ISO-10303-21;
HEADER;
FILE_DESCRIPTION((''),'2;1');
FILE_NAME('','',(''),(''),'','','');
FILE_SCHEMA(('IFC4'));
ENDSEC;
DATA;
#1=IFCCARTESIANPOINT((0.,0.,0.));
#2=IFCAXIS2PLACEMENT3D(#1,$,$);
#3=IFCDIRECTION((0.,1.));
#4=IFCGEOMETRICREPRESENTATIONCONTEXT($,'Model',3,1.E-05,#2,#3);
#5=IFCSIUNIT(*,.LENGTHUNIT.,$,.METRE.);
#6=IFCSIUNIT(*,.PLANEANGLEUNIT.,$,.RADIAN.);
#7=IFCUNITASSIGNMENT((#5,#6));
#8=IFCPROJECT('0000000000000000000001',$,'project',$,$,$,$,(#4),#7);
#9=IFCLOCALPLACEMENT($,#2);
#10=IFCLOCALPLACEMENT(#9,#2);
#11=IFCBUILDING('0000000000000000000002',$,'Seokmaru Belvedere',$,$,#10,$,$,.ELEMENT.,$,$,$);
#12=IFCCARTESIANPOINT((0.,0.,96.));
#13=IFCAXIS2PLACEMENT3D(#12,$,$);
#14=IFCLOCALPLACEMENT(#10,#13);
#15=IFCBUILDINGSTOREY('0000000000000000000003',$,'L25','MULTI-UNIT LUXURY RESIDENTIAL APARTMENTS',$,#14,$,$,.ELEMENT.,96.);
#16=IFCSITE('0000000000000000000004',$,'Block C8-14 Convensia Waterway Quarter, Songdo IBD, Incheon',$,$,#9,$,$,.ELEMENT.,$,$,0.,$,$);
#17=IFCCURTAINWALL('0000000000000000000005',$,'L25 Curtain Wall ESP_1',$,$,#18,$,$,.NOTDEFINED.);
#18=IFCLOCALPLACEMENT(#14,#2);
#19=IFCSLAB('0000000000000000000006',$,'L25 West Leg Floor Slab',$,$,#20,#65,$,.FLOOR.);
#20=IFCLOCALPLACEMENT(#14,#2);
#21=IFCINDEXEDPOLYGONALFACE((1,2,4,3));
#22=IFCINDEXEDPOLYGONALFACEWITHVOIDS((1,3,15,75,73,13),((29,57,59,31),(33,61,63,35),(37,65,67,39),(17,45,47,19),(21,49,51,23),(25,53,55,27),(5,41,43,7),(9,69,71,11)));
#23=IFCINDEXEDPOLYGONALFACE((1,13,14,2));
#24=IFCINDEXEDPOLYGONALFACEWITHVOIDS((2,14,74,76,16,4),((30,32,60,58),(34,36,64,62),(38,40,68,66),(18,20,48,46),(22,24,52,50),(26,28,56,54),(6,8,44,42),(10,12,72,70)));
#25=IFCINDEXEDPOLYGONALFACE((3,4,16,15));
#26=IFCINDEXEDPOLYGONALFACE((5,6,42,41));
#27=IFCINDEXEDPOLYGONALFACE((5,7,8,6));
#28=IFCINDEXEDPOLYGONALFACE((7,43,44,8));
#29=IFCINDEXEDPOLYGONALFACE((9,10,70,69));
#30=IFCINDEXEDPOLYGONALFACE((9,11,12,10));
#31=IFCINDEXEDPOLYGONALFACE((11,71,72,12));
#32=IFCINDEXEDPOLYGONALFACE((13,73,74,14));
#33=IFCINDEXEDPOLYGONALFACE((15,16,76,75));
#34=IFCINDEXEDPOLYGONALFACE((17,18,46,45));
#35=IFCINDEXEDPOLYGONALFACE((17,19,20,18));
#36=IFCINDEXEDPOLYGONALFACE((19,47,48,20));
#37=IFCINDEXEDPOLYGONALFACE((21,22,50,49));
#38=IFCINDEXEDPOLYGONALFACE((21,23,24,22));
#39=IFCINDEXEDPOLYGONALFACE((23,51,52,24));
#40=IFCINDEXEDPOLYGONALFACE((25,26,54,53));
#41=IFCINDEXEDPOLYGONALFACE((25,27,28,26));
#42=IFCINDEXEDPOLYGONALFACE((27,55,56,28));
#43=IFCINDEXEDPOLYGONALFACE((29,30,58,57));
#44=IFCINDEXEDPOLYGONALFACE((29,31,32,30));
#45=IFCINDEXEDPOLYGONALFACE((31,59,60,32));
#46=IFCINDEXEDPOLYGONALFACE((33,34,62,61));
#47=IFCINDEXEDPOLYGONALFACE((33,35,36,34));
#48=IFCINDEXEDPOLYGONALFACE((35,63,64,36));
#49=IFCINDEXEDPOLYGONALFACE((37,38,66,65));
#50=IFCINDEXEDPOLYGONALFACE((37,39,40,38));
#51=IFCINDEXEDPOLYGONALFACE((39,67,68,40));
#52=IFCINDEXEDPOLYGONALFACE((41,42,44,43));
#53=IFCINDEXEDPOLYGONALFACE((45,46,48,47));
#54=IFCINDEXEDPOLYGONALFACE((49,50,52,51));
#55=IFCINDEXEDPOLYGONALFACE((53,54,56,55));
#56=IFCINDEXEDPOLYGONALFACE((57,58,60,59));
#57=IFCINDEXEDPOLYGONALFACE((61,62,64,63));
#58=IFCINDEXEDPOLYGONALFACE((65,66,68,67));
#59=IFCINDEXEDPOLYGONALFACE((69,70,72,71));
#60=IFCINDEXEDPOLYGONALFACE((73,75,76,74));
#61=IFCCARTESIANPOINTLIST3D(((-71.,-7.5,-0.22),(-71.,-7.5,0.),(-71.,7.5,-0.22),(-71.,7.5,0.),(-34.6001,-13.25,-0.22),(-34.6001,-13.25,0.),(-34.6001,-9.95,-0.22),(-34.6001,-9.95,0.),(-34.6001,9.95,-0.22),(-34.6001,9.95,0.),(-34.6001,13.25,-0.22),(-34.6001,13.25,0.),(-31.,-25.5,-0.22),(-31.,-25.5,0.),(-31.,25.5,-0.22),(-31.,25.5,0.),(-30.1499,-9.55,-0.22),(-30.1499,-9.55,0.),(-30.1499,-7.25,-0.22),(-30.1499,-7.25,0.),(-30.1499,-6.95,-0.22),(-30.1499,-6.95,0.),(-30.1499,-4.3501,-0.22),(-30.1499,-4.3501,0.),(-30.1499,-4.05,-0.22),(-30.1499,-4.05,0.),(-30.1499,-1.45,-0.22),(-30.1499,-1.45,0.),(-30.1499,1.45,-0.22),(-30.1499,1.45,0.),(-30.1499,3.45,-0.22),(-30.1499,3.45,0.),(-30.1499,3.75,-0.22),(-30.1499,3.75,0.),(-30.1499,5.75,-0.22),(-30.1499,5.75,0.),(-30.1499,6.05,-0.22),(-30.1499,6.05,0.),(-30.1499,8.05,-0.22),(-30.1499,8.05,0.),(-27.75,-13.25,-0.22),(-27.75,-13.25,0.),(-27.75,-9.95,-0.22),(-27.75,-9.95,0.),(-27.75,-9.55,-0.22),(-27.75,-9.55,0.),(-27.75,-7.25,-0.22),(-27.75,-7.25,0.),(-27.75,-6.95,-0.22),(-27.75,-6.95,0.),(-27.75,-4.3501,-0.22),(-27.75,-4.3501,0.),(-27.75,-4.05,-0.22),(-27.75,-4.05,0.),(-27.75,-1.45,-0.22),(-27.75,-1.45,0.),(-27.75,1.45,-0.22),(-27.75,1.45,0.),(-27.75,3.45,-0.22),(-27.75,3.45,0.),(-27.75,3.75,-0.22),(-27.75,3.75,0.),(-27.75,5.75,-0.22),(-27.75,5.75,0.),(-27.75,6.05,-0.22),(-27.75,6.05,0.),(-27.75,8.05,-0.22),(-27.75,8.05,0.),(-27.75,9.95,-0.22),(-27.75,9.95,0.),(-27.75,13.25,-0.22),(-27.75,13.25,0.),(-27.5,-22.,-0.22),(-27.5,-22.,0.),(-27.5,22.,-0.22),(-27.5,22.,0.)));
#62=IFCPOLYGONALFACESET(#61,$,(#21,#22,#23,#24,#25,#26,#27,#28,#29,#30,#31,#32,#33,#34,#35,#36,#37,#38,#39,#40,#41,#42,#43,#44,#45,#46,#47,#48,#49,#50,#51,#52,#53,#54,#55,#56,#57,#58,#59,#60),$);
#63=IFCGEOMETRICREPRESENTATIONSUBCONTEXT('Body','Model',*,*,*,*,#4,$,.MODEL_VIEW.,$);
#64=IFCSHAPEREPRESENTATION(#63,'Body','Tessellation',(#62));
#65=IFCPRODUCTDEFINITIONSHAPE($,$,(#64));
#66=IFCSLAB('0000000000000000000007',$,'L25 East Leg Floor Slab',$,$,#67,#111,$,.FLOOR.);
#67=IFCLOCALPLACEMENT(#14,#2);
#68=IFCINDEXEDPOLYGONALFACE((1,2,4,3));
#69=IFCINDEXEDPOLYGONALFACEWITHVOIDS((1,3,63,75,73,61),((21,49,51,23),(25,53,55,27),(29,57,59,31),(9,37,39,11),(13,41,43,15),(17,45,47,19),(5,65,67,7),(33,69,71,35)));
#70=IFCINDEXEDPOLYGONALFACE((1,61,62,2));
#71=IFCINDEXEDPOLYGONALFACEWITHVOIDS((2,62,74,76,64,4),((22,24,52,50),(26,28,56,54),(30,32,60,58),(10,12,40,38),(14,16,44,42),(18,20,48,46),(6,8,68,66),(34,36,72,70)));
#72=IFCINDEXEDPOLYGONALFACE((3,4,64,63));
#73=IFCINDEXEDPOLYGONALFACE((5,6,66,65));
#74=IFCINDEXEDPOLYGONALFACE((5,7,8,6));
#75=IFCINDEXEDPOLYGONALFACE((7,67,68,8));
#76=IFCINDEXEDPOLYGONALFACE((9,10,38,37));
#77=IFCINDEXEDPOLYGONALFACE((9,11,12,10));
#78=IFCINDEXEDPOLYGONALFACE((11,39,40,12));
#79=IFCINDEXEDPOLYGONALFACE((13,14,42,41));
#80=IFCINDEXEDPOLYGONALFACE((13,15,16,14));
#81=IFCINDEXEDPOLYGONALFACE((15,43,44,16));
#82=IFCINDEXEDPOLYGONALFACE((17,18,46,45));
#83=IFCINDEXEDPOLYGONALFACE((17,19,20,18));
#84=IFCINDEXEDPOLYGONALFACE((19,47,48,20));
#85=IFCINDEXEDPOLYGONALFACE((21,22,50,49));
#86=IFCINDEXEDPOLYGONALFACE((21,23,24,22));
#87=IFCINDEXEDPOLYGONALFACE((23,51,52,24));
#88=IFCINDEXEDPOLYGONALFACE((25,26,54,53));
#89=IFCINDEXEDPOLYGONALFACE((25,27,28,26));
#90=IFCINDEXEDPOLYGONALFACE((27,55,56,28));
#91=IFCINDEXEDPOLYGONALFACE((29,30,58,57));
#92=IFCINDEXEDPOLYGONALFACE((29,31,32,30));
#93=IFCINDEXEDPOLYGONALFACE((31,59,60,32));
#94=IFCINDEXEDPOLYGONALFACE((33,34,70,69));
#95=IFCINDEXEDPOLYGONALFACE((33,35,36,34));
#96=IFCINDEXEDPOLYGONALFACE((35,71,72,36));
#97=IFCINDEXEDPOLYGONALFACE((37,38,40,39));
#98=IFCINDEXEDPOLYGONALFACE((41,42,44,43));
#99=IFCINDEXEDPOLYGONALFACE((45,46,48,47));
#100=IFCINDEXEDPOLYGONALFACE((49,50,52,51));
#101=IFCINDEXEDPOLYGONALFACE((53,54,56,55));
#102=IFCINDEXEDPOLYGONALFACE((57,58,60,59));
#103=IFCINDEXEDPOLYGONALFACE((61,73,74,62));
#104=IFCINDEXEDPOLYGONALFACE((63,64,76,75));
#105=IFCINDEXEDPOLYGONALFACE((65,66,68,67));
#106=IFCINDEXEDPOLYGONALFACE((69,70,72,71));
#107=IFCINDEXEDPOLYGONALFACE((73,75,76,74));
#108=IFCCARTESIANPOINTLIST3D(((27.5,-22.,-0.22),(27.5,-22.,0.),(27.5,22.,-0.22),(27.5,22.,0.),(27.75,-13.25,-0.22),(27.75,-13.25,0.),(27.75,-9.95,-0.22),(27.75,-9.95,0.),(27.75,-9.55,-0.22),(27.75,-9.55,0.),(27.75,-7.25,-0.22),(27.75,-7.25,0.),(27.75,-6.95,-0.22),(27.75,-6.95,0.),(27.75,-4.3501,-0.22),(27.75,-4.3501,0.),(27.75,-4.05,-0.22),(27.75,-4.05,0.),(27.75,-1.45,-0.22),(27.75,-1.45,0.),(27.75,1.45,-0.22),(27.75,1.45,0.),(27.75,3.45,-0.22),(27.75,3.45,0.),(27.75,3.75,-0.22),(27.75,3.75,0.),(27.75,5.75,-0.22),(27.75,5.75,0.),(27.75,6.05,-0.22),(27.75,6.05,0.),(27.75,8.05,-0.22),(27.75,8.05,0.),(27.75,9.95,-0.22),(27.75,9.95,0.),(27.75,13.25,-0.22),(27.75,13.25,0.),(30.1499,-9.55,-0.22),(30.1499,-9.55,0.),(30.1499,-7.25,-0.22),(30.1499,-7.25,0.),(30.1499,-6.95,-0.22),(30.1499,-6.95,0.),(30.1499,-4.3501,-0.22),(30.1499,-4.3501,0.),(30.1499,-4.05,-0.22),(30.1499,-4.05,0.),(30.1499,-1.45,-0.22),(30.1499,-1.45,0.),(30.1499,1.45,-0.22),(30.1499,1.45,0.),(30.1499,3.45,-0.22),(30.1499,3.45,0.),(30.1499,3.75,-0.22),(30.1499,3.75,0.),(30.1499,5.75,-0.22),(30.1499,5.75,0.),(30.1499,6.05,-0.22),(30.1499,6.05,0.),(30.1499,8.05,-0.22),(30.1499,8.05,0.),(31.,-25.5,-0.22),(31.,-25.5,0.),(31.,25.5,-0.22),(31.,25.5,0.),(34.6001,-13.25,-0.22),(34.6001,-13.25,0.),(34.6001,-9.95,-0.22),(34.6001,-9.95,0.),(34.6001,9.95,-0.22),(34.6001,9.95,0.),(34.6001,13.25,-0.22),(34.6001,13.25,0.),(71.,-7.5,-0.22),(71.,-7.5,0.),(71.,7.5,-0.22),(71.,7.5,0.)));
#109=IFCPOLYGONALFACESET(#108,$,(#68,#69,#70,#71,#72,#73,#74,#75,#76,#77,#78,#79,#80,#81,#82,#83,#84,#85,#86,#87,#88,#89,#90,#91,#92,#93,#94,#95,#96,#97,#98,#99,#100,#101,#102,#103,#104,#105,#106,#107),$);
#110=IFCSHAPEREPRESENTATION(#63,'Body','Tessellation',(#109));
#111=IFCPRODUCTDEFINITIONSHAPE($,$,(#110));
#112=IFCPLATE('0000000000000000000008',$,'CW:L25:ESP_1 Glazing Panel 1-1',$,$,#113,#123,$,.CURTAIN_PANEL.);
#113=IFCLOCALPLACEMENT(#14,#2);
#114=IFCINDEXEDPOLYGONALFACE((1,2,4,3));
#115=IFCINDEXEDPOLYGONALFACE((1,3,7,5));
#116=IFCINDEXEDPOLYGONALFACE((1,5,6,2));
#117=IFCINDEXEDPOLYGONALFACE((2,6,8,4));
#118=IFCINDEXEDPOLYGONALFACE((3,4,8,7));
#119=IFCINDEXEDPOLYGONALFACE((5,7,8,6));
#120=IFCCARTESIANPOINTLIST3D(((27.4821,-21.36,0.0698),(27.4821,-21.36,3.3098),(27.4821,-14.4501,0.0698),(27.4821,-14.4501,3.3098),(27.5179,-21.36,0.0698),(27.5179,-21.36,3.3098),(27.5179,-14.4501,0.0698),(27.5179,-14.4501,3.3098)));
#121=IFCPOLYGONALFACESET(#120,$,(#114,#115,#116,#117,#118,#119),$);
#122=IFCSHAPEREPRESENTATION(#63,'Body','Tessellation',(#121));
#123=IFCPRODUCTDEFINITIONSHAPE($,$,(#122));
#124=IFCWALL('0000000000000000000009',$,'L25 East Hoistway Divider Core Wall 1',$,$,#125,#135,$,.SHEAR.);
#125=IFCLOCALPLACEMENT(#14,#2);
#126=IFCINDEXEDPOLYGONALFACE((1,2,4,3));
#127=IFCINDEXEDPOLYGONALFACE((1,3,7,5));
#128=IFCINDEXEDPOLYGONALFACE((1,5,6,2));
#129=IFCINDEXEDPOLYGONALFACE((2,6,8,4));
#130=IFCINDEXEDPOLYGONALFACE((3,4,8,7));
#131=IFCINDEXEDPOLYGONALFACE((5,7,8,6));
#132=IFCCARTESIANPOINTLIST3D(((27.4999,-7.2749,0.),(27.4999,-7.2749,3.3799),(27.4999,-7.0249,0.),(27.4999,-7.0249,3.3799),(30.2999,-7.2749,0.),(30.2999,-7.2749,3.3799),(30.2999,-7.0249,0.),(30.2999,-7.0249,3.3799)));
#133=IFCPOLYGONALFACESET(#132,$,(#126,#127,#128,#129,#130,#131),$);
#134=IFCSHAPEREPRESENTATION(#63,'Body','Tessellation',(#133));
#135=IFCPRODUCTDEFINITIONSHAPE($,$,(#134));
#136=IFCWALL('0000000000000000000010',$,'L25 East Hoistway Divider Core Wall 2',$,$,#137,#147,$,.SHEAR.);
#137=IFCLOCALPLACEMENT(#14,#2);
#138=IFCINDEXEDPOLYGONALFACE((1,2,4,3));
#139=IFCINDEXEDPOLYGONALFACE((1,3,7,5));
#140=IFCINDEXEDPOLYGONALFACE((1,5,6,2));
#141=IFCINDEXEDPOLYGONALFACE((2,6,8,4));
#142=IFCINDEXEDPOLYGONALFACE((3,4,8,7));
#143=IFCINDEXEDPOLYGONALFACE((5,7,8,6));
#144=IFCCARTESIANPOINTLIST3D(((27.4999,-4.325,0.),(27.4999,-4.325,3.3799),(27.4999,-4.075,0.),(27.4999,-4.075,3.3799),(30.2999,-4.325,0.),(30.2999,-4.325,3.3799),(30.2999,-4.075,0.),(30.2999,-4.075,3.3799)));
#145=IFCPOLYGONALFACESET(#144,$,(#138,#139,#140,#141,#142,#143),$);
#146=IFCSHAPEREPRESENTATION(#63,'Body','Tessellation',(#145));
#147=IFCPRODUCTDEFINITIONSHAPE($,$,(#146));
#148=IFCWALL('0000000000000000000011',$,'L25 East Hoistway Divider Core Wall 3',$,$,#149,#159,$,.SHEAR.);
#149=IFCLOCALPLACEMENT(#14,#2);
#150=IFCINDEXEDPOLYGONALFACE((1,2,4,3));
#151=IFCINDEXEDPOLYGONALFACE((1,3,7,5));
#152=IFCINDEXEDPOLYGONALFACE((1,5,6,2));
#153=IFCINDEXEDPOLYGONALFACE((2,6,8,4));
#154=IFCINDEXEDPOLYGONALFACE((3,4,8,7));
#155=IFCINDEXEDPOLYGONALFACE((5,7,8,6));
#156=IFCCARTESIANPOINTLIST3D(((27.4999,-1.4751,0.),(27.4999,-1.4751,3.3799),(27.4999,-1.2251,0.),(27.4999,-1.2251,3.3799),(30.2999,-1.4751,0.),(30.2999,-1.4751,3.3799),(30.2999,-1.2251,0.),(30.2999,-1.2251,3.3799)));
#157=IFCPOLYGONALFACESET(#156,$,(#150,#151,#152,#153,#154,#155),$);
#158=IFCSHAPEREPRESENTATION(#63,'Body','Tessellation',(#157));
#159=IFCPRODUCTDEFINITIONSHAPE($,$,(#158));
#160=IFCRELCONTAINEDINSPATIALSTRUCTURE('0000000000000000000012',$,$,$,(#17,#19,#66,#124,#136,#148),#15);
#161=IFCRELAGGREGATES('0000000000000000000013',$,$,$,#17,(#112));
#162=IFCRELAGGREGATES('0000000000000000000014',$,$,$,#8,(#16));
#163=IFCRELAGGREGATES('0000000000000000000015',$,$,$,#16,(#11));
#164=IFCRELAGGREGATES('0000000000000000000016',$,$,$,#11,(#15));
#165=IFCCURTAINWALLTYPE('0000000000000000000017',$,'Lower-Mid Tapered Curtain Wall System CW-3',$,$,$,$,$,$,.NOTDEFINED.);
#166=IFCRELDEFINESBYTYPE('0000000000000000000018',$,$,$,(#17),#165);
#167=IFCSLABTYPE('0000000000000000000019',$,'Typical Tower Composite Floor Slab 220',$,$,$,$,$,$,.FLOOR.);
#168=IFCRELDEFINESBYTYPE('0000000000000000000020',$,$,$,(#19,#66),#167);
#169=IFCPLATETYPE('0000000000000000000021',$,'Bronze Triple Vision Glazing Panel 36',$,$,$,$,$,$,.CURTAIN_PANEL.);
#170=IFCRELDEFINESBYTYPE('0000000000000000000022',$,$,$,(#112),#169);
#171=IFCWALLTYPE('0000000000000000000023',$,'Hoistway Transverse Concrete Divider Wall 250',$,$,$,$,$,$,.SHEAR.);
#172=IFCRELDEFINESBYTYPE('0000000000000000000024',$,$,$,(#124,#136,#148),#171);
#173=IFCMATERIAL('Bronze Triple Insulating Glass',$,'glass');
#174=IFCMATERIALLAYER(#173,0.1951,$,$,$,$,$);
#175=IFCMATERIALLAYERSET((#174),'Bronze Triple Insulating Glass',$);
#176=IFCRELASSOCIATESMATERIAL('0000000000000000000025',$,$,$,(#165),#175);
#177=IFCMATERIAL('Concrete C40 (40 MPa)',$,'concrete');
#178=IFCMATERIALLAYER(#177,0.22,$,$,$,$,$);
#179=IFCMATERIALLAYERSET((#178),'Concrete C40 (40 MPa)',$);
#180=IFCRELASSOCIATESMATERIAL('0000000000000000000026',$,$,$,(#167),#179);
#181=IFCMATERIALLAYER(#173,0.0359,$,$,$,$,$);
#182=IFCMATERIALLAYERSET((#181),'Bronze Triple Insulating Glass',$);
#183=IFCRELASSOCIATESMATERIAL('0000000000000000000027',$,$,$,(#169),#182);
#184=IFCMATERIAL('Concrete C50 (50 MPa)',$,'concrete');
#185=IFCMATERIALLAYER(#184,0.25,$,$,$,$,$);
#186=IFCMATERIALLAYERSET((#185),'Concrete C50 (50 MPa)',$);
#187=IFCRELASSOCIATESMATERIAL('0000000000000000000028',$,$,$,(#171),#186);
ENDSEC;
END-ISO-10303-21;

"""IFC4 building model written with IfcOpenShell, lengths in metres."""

from ifc_helpers import new_model, si_unit, direction, frame, frame_2d, origin, origin_2d, place, context, subcontext, project, spatial, polyline, rectangle, outline, extrude, source, transform, mapped, material, layer, layer_set, type_object, type_shapes, element, aggregate, save


model = new_model("IFC4")

# Units and contexts
model_context = context("Model", 3, precision=1e-05, world=origin(), true_north=direction((0.0, 1.0)))
body_context = subcontext(model_context, "Body", "Model", "MODEL_VIEW")
ifc_project = project(units=[si_unit("LENGTHUNIT", "METRE"), si_unit("PLANEANGLEUNIT", "RADIAN")], contexts=[model_context])

# Site, building, storey
site_placement = place(None, origin())
site = spatial("IfcSite", under=ifc_project, at=site_placement, Name="Block C8-14 Convensia Waterway Quarter, Songdo IBD, Incheon", CompositionType="ELEMENT", RefElevation=0.0)
building_placement = place(site_placement, origin())
building = spatial("IfcBuilding", under=site, at=building_placement, Name="Seokmaru Belvedere", CompositionType="ELEMENT")
storey_placement = place(building_placement, frame((0.0, 0.0, 96.0)))
storey = spatial("IfcBuildingStorey", under=building, at=storey_placement, Name="L25", Description="MULTI-UNIT LUXURY RESIDENTIAL APARTMENTS", CompositionType="ELEMENT", Elevation=96.0)

# Curtain wall
ifc_material_1 = material(Name="Bronze Triple Insulating Glass", Category="glass")
ifc_layer_1 = layer(ifc_material_1, 0.1951)
ifc_layer_set_1 = layer_set([ifc_layer_1], Name="Bronze Triple Insulating Glass")
curtain_wall_type = type_object("IfcCurtainWallType", Name="Lower-Mid Tapered Curtain Wall System CW-3", PredefinedType="NOTDEFINED", material=ifc_layer_set_1)
curtain_wall_1_placement = place(storey_placement, origin())
curtain_wall_1 = element("IfcCurtainWall", 1, at=curtain_wall_1_placement, inside=storey, type_object=curtain_wall_type, Name="L25 Curtain Wall ESP_1", PredefinedType="NOTDEFINED")

# Shared definitions
ifc_material_2 = material(Name="Concrete C40 (40 MPa)", Category="concrete")

# Slabs
ifc_layer_2 = layer(ifc_material_2, 0.22)
ifc_layer_set_2 = layer_set([ifc_layer_2], Name="Concrete C40 (40 MPa)")
slab_type_1 = type_object("IfcSlabType", Name="Typical Tower Composite Floor Slab 220", PredefinedType="FLOOR", material=ifc_layer_set_2)
slab_1_placement = place(storey_placement, frame((0.0, 0.0, -0.22)))
element("IfcSlab", 2, at=slab_1_placement, inside=storey, type_object=slab_type_1, Name="L25 West Leg Floor Slab", PredefinedType="FLOOR", context=body_context, shape_type="SweptSolid", body=[
    extrude(outline(polyline([(-27.5, -22.0), (-27.5, 22.0), (-31.0, 25.5), (-71.0, 7.5), (-71.0, -7.5), (-31.0, -25.5), (-27.5, -22.0)]), holes=[polyline([(-34.6001, -13.25), (-27.75, -13.25), (-27.75, -9.95), (-34.6001, -9.95), (-34.6001, -13.25)]), polyline([(-34.6001, 9.95), (-27.75, 9.95), (-27.75, 13.25), (-34.6001, 13.25), (-34.6001, 9.95)]), polyline([(-30.1499, -9.55), (-27.75, -9.55), (-27.75, -7.25), (-30.1499, -7.25), (-30.1499, -9.55)]), polyline([(-30.1499, -6.95), (-27.75, -6.95), (-27.75, -4.3501), (-30.1499, -4.3501), (-30.1499, -6.95)]), polyline([(-30.1499, -4.05), (-27.75, -4.05), (-27.75, -1.45), (-30.1499, -1.45), (-30.1499, -4.05)]), polyline([(-30.1499, 1.45), (-27.75, 1.45), (-27.75, 3.45), (-30.1499, 3.45), (-30.1499, 1.45)]), polyline([(-30.1499, 3.75), (-27.75, 3.75), (-27.75, 5.75), (-30.1499, 5.75), (-30.1499, 3.75)]), polyline([(-30.1499, 6.05), (-27.75, 6.05), (-27.75, 8.05), (-30.1499, 8.05), (-30.1499, 6.05)])]), origin(), (0.0, 0.0, 1.0), 0.22),
])
slab_2_placement = place(storey_placement, frame((0.0, 0.0, -0.22)))
element("IfcSlab", 3, at=slab_2_placement, inside=storey, type_object=slab_type_1, Name="L25 East Leg Floor Slab", PredefinedType="FLOOR", context=body_context, shape_type="SweptSolid", body=[
    extrude(outline(polyline([(31.0, -25.5), (71.0, -7.5), (71.0, 7.5), (31.0, 25.5), (27.5, 22.0), (27.5, -22.0), (31.0, -25.5)]), holes=[polyline([(27.75, -13.25), (34.6001, -13.25), (34.6001, -9.95), (27.75, -9.95), (27.75, -13.25)]), polyline([(27.75, 9.95), (34.6001, 9.95), (34.6001, 13.25), (27.75, 13.25), (27.75, 9.95)]), polyline([(27.75, -9.55), (30.1499, -9.55), (30.1499, -7.25), (27.75, -7.25), (27.75, -9.55)]), polyline([(27.75, -6.95), (30.1499, -6.95), (30.1499, -4.3501), (27.75, -4.3501), (27.75, -6.95)]), polyline([(27.75, -4.05), (30.1499, -4.05), (30.1499, -1.45), (27.75, -1.45), (27.75, -4.05)]), polyline([(27.75, 1.45), (30.1499, 1.45), (30.1499, 3.45), (27.75, 3.45), (27.75, 1.45)]), polyline([(27.75, 3.75), (30.1499, 3.75), (30.1499, 5.75), (27.75, 5.75), (27.75, 3.75)]), polyline([(27.75, 6.05), (30.1499, 6.05), (30.1499, 8.05), (27.75, 8.05), (27.75, 6.05)])]), origin(), (0.0, 0.0, 1.0), 0.22),
])

# Plate
ifc_layer_3 = layer(ifc_material_1, 0.0359)
ifc_layer_set_3 = layer_set([ifc_layer_3], Name="Bronze Triple Insulating Glass")
plate_type = type_object("IfcPlateType", Name="Bronze Triple Vision Glazing Panel 36", PredefinedType="CURTAIN_PANEL", material=ifc_layer_set_3)
shared_shape_1 = source(origin(), body_context, "Body", "SweptSolid", [
    extrude(rectangle(XDim=6.9099, YDim=0.0359, at=origin_2d()), origin(), (0.0, 0.0, 1.0), 3.24),
])
type_shapes(plate_type, [shared_shape_1])
plate_placement = place(storey_placement, frame((27.5, -17.905, 0.0698), z_axis=(0.0, 0.0, 1.0), x_axis=(0.0, -1.0, 0.0)))
plate = element("IfcPlate", 4, at=plate_placement, type_object=plate_type, Name="CW:L25:ESP_1 Glazing Panel 1-1", PredefinedType="CURTAIN_PANEL", context=body_context, shape_type="MappedRepresentation", body=[
    mapped(shared_shape_1, transform((0.0, 0.0, 0.0), scale=1.0)),
])
aggregate(curtain_wall_1, [plate])

# Walls
ifc_material_3 = material(Name="Concrete C50 (50 MPa)", Category="concrete")
ifc_layer_4 = layer(ifc_material_3, 0.25)
ifc_layer_set_4 = layer_set([ifc_layer_4], Name="Concrete C50 (50 MPa)")
wall_type_1 = type_object("IfcWallType", Name="Hoistway Transverse Concrete Divider Wall 250", PredefinedType="SHEAR", material=ifc_layer_set_4)
for number, where, z_axis, x_axis, name in (
    (5, (27.5, -7.1499, 0.0), (0.0, 0.0, 1.0), (1.0, 0.0, 0.0), "L25 East Hoistway Divider Core Wall 1"),
    (6, (27.5, -4.2, 0.0), (0.0, 0.0, 1.0), (1.0, 0.0, 0.0), "L25 East Hoistway Divider Core Wall 2"),
    (7, (27.5, -1.3501, 0.0), (0.0, 0.0, 1.0), (1.0, 0.0, 0.0), "L25 East Hoistway Divider Core Wall 3"),
):
    element("IfcWall", number, at=place(storey_placement, frame(where, z_axis=z_axis, x_axis=x_axis)), inside=storey, type_object=wall_type_1, Name=name, PredefinedType="SHEAR", context=body_context, shape_type="SweptSolid", body=[
        extrude(rectangle(XDim=2.8, YDim=0.25, at=frame_2d((1.3999, 0.0))), origin(), (0.0, 0.0, 1.0), 3.3799),
    ])

save(model, "model.ifc")
